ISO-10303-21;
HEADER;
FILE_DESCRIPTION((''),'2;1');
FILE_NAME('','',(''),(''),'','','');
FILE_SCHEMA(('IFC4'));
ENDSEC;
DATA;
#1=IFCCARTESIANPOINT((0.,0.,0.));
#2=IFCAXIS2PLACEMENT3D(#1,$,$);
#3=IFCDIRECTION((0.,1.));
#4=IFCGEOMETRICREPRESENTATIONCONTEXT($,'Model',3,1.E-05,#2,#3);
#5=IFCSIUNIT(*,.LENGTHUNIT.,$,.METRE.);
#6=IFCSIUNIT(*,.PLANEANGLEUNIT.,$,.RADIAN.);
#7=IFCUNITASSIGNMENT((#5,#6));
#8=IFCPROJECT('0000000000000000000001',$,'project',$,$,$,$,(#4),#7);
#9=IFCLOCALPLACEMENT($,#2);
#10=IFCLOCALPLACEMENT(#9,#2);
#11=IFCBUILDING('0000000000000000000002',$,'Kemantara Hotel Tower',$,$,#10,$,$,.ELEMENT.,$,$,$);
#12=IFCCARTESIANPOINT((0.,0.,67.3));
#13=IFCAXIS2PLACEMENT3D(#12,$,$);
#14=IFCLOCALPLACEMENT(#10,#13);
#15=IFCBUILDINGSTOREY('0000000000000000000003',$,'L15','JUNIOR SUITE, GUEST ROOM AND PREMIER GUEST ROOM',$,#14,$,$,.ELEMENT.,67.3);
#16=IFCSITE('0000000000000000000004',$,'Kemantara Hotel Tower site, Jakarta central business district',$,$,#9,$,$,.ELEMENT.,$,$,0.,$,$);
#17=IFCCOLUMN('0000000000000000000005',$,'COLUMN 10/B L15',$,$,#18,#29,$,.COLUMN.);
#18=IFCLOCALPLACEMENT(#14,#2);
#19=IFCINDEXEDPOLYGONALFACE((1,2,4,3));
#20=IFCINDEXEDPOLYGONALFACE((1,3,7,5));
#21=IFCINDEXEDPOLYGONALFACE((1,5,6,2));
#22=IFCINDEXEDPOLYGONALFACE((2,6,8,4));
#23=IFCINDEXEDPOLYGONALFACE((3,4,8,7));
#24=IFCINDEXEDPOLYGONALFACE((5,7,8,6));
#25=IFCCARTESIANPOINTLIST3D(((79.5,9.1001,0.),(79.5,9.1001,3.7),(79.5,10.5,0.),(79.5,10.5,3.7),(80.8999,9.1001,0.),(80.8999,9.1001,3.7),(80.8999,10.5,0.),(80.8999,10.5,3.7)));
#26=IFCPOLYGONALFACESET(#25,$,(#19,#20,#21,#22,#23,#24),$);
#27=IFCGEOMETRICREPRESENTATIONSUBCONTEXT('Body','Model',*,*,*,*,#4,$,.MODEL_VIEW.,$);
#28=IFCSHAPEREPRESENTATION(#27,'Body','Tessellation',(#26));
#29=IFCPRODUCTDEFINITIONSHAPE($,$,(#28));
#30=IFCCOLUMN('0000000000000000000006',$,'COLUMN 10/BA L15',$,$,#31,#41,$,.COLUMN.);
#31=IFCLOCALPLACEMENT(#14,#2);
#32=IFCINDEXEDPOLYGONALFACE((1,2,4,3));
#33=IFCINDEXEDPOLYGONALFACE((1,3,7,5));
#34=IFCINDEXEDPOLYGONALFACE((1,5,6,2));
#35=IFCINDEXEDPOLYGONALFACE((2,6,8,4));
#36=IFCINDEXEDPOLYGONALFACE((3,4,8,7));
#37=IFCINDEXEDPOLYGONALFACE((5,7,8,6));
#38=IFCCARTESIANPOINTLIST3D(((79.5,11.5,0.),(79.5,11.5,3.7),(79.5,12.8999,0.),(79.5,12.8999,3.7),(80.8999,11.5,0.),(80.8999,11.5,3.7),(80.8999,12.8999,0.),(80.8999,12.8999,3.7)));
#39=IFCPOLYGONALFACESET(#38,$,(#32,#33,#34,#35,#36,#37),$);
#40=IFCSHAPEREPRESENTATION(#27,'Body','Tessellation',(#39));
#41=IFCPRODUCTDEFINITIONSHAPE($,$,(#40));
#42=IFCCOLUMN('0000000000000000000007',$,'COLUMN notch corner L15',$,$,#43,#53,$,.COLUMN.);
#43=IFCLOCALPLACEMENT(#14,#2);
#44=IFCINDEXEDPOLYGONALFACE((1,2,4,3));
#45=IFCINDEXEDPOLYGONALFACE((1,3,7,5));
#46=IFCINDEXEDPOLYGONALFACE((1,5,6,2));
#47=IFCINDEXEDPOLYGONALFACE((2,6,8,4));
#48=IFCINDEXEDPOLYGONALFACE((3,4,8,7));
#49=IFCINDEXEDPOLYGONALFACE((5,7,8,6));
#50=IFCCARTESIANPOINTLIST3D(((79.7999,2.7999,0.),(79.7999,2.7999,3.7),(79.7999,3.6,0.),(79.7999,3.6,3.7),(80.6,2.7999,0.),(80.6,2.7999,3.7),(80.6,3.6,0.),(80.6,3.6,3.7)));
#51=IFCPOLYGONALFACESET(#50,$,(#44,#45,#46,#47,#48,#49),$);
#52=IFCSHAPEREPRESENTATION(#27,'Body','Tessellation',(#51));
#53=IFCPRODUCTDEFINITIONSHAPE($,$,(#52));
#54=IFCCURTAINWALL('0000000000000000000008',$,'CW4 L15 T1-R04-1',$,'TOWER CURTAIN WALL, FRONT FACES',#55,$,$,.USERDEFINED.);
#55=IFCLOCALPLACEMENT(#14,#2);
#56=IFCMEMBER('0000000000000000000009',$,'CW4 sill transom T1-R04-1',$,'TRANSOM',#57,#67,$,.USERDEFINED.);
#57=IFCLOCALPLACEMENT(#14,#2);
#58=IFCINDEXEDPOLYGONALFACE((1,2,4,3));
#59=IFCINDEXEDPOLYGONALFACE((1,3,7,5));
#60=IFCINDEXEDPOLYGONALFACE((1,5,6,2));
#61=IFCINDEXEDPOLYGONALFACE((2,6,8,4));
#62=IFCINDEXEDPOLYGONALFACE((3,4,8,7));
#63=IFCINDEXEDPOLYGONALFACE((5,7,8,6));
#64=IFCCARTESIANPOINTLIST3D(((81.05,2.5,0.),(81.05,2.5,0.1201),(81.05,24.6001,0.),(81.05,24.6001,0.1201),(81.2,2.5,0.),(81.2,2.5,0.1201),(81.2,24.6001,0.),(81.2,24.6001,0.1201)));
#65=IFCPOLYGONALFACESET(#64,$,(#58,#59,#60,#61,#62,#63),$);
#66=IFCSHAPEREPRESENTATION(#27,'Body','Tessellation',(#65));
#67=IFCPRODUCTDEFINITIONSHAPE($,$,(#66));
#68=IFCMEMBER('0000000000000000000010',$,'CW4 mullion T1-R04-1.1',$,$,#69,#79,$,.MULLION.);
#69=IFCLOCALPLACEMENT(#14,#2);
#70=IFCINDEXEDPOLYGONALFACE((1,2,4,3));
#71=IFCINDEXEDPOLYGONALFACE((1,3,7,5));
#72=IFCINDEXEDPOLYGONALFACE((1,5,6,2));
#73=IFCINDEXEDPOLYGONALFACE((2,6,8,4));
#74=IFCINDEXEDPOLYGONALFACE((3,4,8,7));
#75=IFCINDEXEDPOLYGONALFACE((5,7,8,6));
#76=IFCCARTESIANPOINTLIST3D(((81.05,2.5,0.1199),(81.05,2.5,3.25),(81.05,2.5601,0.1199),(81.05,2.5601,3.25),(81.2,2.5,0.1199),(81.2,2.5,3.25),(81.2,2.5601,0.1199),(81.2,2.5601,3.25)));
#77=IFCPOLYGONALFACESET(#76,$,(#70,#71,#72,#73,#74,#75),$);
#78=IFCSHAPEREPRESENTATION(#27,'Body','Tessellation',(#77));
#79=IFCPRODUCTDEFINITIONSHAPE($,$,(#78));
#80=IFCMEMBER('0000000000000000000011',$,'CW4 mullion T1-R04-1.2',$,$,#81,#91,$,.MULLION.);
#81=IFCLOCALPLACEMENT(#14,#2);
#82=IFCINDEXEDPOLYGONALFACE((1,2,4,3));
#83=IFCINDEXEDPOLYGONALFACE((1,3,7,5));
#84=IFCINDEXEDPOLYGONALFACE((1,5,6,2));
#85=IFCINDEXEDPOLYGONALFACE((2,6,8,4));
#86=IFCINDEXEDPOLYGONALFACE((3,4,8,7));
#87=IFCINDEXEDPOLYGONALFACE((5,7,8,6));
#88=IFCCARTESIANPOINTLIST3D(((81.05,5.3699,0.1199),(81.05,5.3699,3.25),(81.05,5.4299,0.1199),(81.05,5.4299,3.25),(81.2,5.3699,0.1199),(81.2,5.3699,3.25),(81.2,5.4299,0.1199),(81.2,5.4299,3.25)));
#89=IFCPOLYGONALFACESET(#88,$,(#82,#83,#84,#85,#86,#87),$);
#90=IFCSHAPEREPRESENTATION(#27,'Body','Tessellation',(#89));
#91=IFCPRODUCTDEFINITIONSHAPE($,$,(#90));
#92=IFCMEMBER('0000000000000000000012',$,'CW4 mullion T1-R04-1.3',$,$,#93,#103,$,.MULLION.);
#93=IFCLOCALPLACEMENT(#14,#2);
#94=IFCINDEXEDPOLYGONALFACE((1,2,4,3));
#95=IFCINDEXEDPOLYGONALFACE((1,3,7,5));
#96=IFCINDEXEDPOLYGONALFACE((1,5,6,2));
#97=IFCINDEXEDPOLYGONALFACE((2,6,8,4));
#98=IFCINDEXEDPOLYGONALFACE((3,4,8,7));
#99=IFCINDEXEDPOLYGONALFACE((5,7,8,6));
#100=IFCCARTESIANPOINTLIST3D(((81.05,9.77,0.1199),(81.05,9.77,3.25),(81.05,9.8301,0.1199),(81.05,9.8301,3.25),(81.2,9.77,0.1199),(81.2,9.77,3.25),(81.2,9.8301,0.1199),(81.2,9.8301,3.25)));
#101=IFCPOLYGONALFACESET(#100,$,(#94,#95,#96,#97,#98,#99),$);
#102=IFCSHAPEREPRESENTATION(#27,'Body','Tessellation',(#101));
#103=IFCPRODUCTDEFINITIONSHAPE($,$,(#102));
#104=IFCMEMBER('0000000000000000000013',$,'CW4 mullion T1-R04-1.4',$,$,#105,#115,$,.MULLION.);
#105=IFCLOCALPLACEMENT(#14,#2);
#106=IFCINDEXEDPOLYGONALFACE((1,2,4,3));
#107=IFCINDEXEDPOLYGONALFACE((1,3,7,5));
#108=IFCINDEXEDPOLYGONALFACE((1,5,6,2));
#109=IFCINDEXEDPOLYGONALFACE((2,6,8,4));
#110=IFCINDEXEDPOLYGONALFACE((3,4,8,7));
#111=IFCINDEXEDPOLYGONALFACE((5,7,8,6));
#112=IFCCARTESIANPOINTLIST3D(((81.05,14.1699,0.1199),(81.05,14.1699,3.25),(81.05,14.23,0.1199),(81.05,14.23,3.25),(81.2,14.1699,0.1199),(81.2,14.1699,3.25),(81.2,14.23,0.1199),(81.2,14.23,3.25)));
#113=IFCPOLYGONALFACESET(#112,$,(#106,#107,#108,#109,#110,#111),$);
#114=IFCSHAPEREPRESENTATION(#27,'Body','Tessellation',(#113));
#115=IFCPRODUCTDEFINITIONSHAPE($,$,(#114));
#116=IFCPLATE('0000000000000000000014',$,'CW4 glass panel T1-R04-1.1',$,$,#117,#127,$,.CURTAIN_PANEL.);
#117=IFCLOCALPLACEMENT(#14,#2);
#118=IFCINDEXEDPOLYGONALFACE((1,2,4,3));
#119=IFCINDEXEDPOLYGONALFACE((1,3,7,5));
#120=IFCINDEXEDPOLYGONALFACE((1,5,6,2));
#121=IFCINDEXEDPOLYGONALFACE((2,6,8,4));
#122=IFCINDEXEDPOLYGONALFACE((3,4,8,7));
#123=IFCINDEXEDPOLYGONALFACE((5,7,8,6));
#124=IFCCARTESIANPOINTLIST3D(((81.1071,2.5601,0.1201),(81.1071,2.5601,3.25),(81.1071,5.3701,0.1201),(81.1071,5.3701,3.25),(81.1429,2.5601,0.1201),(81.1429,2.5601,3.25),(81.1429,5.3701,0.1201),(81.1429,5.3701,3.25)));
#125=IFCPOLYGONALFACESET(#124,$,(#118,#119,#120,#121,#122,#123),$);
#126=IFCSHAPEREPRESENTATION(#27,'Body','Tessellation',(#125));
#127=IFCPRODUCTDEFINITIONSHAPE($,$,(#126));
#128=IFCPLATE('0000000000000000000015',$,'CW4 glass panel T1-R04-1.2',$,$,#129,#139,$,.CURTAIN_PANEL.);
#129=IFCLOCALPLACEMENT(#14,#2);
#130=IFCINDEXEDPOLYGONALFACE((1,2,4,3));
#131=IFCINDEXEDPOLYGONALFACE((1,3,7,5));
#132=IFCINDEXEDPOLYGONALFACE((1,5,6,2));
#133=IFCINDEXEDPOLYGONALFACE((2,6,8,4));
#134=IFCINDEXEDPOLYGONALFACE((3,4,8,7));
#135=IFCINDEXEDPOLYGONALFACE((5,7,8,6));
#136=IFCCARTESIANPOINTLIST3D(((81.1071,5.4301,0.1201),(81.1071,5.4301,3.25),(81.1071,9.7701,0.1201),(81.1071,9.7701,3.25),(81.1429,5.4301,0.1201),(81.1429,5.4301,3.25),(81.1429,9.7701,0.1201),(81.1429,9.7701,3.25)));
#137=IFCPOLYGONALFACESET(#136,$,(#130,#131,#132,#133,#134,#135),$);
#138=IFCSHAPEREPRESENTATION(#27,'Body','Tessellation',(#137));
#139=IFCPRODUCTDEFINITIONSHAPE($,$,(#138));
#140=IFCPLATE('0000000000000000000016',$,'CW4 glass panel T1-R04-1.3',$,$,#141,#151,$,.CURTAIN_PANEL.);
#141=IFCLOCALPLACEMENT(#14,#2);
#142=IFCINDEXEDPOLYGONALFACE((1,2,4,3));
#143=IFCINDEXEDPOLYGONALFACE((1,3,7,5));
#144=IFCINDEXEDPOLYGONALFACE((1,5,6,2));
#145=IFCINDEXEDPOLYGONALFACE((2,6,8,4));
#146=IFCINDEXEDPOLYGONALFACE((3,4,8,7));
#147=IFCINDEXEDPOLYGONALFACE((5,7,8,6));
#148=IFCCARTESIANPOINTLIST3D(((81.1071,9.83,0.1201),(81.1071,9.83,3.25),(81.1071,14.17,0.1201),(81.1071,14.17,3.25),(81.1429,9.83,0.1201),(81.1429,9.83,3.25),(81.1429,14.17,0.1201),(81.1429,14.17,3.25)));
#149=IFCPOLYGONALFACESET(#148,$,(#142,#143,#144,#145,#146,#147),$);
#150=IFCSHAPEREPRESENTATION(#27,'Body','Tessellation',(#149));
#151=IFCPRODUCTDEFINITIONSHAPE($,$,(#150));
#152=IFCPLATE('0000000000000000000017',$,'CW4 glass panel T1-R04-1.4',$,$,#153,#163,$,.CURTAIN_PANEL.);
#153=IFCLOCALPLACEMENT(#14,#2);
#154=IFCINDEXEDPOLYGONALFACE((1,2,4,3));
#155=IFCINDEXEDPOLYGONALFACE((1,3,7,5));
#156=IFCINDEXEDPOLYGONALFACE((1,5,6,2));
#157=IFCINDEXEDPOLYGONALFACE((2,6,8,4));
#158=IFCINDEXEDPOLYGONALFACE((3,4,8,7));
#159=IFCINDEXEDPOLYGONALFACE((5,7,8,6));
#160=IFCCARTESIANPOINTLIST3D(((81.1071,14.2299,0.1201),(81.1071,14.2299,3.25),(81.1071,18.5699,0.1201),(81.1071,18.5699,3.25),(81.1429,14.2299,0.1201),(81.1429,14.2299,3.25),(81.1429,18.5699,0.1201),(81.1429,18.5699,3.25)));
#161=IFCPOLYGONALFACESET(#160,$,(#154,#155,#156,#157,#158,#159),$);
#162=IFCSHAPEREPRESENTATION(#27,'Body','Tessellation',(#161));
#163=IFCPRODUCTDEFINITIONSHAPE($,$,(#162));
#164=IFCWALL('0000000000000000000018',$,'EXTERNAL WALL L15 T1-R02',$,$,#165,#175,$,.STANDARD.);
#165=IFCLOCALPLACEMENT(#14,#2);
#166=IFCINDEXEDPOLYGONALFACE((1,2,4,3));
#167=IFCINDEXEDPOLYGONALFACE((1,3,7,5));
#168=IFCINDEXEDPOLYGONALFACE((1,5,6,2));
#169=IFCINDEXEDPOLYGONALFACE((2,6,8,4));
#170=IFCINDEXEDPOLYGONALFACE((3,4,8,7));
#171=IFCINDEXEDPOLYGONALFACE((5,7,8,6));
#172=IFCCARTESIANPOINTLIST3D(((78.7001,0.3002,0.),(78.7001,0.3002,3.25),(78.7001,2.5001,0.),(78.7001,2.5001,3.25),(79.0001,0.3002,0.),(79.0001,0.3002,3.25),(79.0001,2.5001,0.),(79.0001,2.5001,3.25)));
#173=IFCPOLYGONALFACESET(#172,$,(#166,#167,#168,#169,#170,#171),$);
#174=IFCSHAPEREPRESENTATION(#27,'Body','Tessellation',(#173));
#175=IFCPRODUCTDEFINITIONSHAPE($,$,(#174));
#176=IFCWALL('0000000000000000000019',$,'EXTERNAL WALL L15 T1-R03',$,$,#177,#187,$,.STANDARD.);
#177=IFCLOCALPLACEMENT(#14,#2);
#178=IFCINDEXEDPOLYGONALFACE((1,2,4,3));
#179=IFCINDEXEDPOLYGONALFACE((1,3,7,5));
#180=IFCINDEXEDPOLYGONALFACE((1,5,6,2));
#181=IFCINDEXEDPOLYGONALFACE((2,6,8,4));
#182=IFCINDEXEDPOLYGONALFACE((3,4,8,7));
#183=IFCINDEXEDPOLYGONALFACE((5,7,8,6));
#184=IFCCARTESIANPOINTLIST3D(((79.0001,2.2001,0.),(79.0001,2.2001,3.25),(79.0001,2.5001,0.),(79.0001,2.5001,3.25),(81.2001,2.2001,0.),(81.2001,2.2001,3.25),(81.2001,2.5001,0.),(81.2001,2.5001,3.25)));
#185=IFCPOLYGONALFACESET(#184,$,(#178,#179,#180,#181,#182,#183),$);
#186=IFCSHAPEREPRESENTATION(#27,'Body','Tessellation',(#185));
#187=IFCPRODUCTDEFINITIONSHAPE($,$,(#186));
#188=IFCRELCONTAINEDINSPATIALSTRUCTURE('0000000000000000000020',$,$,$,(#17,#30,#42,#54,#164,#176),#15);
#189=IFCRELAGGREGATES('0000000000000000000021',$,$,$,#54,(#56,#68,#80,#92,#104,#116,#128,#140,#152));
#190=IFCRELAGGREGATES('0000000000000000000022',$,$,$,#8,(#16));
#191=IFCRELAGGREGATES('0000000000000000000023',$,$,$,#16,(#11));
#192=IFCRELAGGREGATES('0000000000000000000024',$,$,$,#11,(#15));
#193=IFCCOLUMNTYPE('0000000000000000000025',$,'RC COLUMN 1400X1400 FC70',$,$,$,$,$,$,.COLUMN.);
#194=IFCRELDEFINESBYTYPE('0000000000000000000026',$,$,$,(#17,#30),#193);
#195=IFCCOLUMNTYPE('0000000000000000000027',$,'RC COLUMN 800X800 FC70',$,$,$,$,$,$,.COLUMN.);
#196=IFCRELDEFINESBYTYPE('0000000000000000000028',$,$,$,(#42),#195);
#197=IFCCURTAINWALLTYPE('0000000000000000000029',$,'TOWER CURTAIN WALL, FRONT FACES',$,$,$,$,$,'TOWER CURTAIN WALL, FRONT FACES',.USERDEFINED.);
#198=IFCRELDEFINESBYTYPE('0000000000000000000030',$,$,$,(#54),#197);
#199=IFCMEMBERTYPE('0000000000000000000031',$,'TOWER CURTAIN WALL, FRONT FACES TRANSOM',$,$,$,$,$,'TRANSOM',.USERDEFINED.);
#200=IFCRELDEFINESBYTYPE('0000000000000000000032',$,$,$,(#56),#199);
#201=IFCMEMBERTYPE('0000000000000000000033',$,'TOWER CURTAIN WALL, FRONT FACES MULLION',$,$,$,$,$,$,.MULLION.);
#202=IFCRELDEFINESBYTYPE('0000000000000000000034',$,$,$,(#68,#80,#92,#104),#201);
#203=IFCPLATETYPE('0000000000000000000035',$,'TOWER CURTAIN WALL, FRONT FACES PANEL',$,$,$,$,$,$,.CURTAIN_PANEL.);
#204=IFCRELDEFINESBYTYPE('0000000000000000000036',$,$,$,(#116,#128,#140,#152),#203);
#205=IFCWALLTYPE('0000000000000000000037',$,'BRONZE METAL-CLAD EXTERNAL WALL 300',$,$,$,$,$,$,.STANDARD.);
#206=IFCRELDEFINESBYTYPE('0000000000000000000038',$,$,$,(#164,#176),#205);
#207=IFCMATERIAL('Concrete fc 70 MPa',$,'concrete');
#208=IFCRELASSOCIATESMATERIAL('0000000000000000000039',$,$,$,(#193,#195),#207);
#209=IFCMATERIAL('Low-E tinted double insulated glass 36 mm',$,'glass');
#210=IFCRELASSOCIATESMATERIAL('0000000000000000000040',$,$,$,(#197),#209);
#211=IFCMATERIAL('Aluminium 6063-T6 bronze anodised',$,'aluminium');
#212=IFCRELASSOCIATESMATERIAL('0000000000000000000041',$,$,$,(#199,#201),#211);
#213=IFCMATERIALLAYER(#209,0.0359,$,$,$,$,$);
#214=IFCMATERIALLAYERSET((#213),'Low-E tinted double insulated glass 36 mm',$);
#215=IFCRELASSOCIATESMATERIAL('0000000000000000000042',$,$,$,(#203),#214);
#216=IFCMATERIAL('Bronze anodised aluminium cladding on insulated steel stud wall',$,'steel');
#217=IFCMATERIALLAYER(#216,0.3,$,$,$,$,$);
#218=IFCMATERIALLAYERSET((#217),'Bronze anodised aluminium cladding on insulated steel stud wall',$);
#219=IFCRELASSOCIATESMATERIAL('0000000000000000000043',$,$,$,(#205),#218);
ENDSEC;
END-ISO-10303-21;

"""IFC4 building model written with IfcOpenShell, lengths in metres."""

from ifc_helpers import new_model, si_unit, direction, frame, frame_2d, origin, origin_2d, place, context, subcontext, project, spatial, rectangle, extrude, source, transform, mapped, material, layer, layer_set, material_profile, profile_set, type_object, element, aggregate, save


model = new_model("IFC4")

# Units and contexts
model_context = context("Model", 3, precision=1e-05, world=origin(), true_north=direction((0.0, 1.0)))
body_context = subcontext(model_context, "Body", "Model", "MODEL_VIEW")
ifc_project = project(units=[si_unit("LENGTHUNIT", "METRE"), si_unit("PLANEANGLEUNIT", "RADIAN")], contexts=[model_context])

# Site, building, storey
site_placement = place(None, origin())
site = spatial("IfcSite", under=ifc_project, at=site_placement, Name="Kemantara Hotel Tower site, Jakarta central business district", CompositionType="ELEMENT", RefElevation=0.0)
building_placement = place(site_placement, origin())
building = spatial("IfcBuilding", under=site, at=building_placement, Name="Kemantara Hotel Tower", CompositionType="ELEMENT")
storey_placement = place(building_placement, frame((0.0, 0.0, 67.3)))
storey = spatial("IfcBuildingStorey", under=building, at=storey_placement, Name="L15", Description="JUNIOR SUITE, GUEST ROOM AND PREMIER GUEST ROOM", CompositionType="ELEMENT", Elevation=67.3)

# Columns
ifc_material_1 = material(Name="Concrete fc 70 MPa", Category="concrete")
ifc_material_profile_1 = material_profile(ifc_material_1, rectangle(XDim=1.3999, YDim=1.3999, at=origin_2d()), Name="RC 1400X1400")
ifc_profile_set_1 = profile_set([ifc_material_profile_1], Name="Concrete fc 70 MPa")
column_type_1 = type_object("IfcColumnType", Name="RC COLUMN 1400X1400 FC70", PredefinedType="COLUMN", material=ifc_profile_set_1)
for number, where, z_axis, x_axis, name in (
    (1, (80.2, 9.8, 0.0), (0.0, 0.0, 1.0), (1.0, 0.0, 0.0), "COLUMN 10/B L15"),
    (2, (80.2, 12.2, 0.0), (0.0, 0.0, 1.0), (1.0, 0.0, 0.0), "COLUMN 10/BA L15"),
):
    element("IfcColumn", number, at=place(storey_placement, frame(where, z_axis=z_axis, x_axis=x_axis)), inside=storey, type_object=column_type_1, Name=name, PredefinedType="COLUMN", context=body_context, shape_type="SweptSolid", body=[
        extrude(rectangle(XDim=1.3999, YDim=1.3999, at=origin_2d()), origin(), (0.0, 0.0, 1.0), 3.7),
    ])
ifc_material_profile_2 = material_profile(ifc_material_1, rectangle(XDim=0.8, YDim=0.8, at=origin_2d()), Name="RC 800X800")
ifc_profile_set_2 = profile_set([ifc_material_profile_2], Name="Concrete fc 70 MPa")
column_type_2 = type_object("IfcColumnType", Name="RC COLUMN 800X800 FC70", PredefinedType="COLUMN", material=ifc_profile_set_2)
column_placement = place(storey_placement, frame((80.2, 3.2, 0.0), z_axis=(0.0, 0.0, 1.0), x_axis=(1.0, 0.0, 0.0)))
element("IfcColumn", 3, at=column_placement, inside=storey, type_object=column_type_2, Name="COLUMN notch corner L15", PredefinedType="COLUMN", context=body_context, shape_type="SweptSolid", body=[
    extrude(rectangle(XDim=0.8, YDim=0.8, at=origin_2d()), origin(), (0.0, 0.0, 1.0), 3.7),
])

# Curtain wall, members, plates
ifc_material_2 = material(Name="Low-E tinted double insulated glass 36 mm", Category="glass")
curtain_wall_type = type_object("IfcCurtainWallType", Name="TOWER CURTAIN WALL, FRONT FACES", ElementType="TOWER CURTAIN WALL, FRONT FACES", PredefinedType="USERDEFINED", material=ifc_material_2)
curtain_wall_placement = place(storey_placement, origin())
curtain_wall = element("IfcCurtainWall", 4, at=curtain_wall_placement, inside=storey, type_object=curtain_wall_type, Name="CW4 L15 T1-R04-1", ObjectType="TOWER CURTAIN WALL, FRONT FACES", PredefinedType="USERDEFINED")
ifc_material_3 = material(Name="Aluminium 6063-T6 bronze anodised", Category="aluminium")
ifc_material_profile_3 = material_profile(ifc_material_3, rectangle(XDim=0.1499, YDim=0.1201, at=origin_2d()), Name="TOWER CURTAIN WALL, FRONT FACES TRANSOM")
ifc_profile_set_3 = profile_set([ifc_material_profile_3], Name="Aluminium 6063-T6 bronze anodised")
member_type_1 = type_object("IfcMemberType", Name="TOWER CURTAIN WALL, FRONT FACES TRANSOM", ElementType="TRANSOM", PredefinedType="USERDEFINED", material=ifc_profile_set_3)
member_1_placement = place(storey_placement, frame((81.125, 2.5, 0.0601), z_axis=(0.0, 1.0, 0.0), x_axis=(-1.0, 0.0, 0.0)))
member_1 = element("IfcMember", 5, at=member_1_placement, type_object=member_type_1, Name="CW4 sill transom T1-R04-1", ObjectType="TRANSOM", PredefinedType="USERDEFINED", context=body_context, shape_type="SweptSolid", body=[
    extrude(rectangle(XDim=0.1499, YDim=0.1201, at=origin_2d()), origin(), (0.0, 0.0, 1.0), 22.1001),
])
ifc_material_profile_4 = material_profile(ifc_material_3, rectangle(XDim=0.1499, YDim=0.0601, at=origin_2d()), Name="TOWER CURTAIN WALL, FRONT FACES MULLION")
ifc_profile_set_4 = profile_set([ifc_material_profile_4], Name="Aluminium 6063-T6 bronze anodised")
member_type_2 = type_object("IfcMemberType", Name="TOWER CURTAIN WALL, FRONT FACES MULLION", PredefinedType="MULLION", material=ifc_profile_set_4)
shared_shape_1 = source(origin(), body_context, "Body", "SweptSolid", [
    extrude(rectangle(XDim=0.1499, YDim=0.0601, at=origin_2d()), origin(), (0.0, 0.0, 1.0), 3.1301),
])
member_2_placement = place(storey_placement, frame((81.125, 2.53, 0.1199), z_axis=(0.0, 0.0, 1.0), x_axis=(-1.0, 0.0, 0.0)))
member_2 = element("IfcMember", 6, at=member_2_placement, type_object=member_type_2, Name="CW4 mullion T1-R04-1.1", PredefinedType="MULLION", context=body_context, shape_type="MappedRepresentation", body=[
    mapped(shared_shape_1, transform((0.0, 0.0, 0.0))),
])
member_3_placement = place(storey_placement, frame((81.125, 5.3999, 0.1199), z_axis=(0.0, 0.0, 1.0), x_axis=(-1.0, 0.0, 0.0)))
member_3 = element("IfcMember", 7, at=member_3_placement, type_object=member_type_2, Name="CW4 mullion T1-R04-1.2", PredefinedType="MULLION", context=body_context, shape_type="MappedRepresentation", body=[
    mapped(shared_shape_1, transform((0.0, 0.0, 0.0))),
])
member_4_placement = place(storey_placement, frame((81.125, 9.8, 0.1199), z_axis=(0.0, 0.0, 1.0), x_axis=(-1.0, 0.0, 0.0)))
member_4 = element("IfcMember", 8, at=member_4_placement, type_object=member_type_2, Name="CW4 mullion T1-R04-1.3", PredefinedType="MULLION", context=body_context, shape_type="MappedRepresentation", body=[
    mapped(shared_shape_1, transform((0.0, 0.0, 0.0))),
])
member_5_placement = place(storey_placement, frame((81.125, 14.2, 0.1199), z_axis=(0.0, 0.0, 1.0), x_axis=(-1.0, 0.0, 0.0)))
member_5 = element("IfcMember", 9, at=member_5_placement, type_object=member_type_2, Name="CW4 mullion T1-R04-1.4", PredefinedType="MULLION", context=body_context, shape_type="MappedRepresentation", body=[
    mapped(shared_shape_1, transform((0.0, 0.0, 0.0))),
])
ifc_layer_1 = layer(ifc_material_2, 0.0359)
ifc_layer_set_1 = layer_set([ifc_layer_1], Name="Low-E tinted double insulated glass 36 mm")
plate_type = type_object("IfcPlateType", Name="TOWER CURTAIN WALL, FRONT FACES PANEL", PredefinedType="CURTAIN_PANEL", material=ifc_layer_set_1)
shared_shape_2 = source(origin(), body_context, "Body", "SweptSolid", [
    extrude(rectangle(XDim=2.8101, YDim=0.0359, at=origin_2d()), origin(), (0.0, 0.0, 1.0), 3.1299),
])
plate_1_placement = place(storey_placement, frame((81.125, 3.9651, 0.1201), z_axis=(0.0, 0.0, 1.0), x_axis=(0.0, 1.0, 0.0)))
plate_1 = element("IfcPlate", 10, at=plate_1_placement, type_object=plate_type, Name="CW4 glass panel T1-R04-1.1", PredefinedType="CURTAIN_PANEL", context=body_context, shape_type="MappedRepresentation", body=[
    mapped(shared_shape_2, transform((0.0, 0.0, 0.0))),
])
shared_shape_3 = source(origin(), body_context, "Body", "SweptSolid", [
    extrude(rectangle(XDim=4.3401, YDim=0.0359, at=origin_2d()), origin(), (0.0, 0.0, 1.0), 3.1299),
])
plate_2_placement = place(storey_placement, frame((81.125, 7.6001, 0.1201), z_axis=(0.0, 0.0, 1.0), x_axis=(0.0, 1.0, 0.0)))
plate_2 = element("IfcPlate", 11, at=plate_2_placement, type_object=plate_type, Name="CW4 glass panel T1-R04-1.2", PredefinedType="CURTAIN_PANEL", context=body_context, shape_type="MappedRepresentation", body=[
    mapped(shared_shape_3, transform((0.0, 0.0, 0.0))),
])
plate_3_placement = place(storey_placement, frame((81.125, 12.0, 0.1201), z_axis=(0.0, 0.0, 1.0), x_axis=(0.0, 1.0, 0.0)))
plate_3 = element("IfcPlate", 12, at=plate_3_placement, type_object=plate_type, Name="CW4 glass panel T1-R04-1.3", PredefinedType="CURTAIN_PANEL", context=body_context, shape_type="MappedRepresentation", body=[
    mapped(shared_shape_3, transform((0.0, 0.0, 0.0))),
])
plate_4_placement = place(storey_placement, frame((81.125, 16.3999, 0.1201), z_axis=(0.0, 0.0, 1.0), x_axis=(0.0, 1.0, 0.0)))
plate_4 = element("IfcPlate", 13, at=plate_4_placement, type_object=plate_type, Name="CW4 glass panel T1-R04-1.4", PredefinedType="CURTAIN_PANEL", context=body_context, shape_type="MappedRepresentation", body=[
    mapped(shared_shape_3, transform((0.0, 0.0, 0.0))),
])
aggregate(curtain_wall, [member_1, member_2, member_3, member_4, member_5, plate_1, plate_2, plate_3, plate_4])

# Walls
ifc_material_4 = material(Name="Bronze anodised aluminium cladding on insulated steel stud wall", Category="steel")
ifc_layer_2 = layer(ifc_material_4, 0.3)
ifc_layer_set_2 = layer_set([ifc_layer_2], Name="Bronze anodised aluminium cladding on insulated steel stud wall")
wall_type_1 = type_object("IfcWallType", Name="BRONZE METAL-CLAD EXTERNAL WALL 300", PredefinedType="STANDARD", material=ifc_layer_set_2)
for number, where, z_axis, x_axis, name in (
    (14, (78.8501, 0.3, 0.0), (0.0, 0.0, 1.0), (0.0, 1.0, 0.0), "EXTERNAL WALL L15 T1-R02"),
    (15, (79.0, 2.3501, 0.0), (0.0, 0.0, 1.0), (1.0, 0.0, 0.0), "EXTERNAL WALL L15 T1-R03"),
):
    element("IfcWall", number, at=place(storey_placement, frame(where, z_axis=z_axis, x_axis=x_axis)), inside=storey, type_object=wall_type_1, Name=name, PredefinedType="STANDARD", context=body_context, shape_type="SweptSolid", body=[
        extrude(rectangle(XDim=2.2, YDim=0.3, at=frame_2d((1.1001, 0.0))), origin(), (0.0, 0.0, 1.0), 3.25),
    ])

save(model, "model.ifc")
